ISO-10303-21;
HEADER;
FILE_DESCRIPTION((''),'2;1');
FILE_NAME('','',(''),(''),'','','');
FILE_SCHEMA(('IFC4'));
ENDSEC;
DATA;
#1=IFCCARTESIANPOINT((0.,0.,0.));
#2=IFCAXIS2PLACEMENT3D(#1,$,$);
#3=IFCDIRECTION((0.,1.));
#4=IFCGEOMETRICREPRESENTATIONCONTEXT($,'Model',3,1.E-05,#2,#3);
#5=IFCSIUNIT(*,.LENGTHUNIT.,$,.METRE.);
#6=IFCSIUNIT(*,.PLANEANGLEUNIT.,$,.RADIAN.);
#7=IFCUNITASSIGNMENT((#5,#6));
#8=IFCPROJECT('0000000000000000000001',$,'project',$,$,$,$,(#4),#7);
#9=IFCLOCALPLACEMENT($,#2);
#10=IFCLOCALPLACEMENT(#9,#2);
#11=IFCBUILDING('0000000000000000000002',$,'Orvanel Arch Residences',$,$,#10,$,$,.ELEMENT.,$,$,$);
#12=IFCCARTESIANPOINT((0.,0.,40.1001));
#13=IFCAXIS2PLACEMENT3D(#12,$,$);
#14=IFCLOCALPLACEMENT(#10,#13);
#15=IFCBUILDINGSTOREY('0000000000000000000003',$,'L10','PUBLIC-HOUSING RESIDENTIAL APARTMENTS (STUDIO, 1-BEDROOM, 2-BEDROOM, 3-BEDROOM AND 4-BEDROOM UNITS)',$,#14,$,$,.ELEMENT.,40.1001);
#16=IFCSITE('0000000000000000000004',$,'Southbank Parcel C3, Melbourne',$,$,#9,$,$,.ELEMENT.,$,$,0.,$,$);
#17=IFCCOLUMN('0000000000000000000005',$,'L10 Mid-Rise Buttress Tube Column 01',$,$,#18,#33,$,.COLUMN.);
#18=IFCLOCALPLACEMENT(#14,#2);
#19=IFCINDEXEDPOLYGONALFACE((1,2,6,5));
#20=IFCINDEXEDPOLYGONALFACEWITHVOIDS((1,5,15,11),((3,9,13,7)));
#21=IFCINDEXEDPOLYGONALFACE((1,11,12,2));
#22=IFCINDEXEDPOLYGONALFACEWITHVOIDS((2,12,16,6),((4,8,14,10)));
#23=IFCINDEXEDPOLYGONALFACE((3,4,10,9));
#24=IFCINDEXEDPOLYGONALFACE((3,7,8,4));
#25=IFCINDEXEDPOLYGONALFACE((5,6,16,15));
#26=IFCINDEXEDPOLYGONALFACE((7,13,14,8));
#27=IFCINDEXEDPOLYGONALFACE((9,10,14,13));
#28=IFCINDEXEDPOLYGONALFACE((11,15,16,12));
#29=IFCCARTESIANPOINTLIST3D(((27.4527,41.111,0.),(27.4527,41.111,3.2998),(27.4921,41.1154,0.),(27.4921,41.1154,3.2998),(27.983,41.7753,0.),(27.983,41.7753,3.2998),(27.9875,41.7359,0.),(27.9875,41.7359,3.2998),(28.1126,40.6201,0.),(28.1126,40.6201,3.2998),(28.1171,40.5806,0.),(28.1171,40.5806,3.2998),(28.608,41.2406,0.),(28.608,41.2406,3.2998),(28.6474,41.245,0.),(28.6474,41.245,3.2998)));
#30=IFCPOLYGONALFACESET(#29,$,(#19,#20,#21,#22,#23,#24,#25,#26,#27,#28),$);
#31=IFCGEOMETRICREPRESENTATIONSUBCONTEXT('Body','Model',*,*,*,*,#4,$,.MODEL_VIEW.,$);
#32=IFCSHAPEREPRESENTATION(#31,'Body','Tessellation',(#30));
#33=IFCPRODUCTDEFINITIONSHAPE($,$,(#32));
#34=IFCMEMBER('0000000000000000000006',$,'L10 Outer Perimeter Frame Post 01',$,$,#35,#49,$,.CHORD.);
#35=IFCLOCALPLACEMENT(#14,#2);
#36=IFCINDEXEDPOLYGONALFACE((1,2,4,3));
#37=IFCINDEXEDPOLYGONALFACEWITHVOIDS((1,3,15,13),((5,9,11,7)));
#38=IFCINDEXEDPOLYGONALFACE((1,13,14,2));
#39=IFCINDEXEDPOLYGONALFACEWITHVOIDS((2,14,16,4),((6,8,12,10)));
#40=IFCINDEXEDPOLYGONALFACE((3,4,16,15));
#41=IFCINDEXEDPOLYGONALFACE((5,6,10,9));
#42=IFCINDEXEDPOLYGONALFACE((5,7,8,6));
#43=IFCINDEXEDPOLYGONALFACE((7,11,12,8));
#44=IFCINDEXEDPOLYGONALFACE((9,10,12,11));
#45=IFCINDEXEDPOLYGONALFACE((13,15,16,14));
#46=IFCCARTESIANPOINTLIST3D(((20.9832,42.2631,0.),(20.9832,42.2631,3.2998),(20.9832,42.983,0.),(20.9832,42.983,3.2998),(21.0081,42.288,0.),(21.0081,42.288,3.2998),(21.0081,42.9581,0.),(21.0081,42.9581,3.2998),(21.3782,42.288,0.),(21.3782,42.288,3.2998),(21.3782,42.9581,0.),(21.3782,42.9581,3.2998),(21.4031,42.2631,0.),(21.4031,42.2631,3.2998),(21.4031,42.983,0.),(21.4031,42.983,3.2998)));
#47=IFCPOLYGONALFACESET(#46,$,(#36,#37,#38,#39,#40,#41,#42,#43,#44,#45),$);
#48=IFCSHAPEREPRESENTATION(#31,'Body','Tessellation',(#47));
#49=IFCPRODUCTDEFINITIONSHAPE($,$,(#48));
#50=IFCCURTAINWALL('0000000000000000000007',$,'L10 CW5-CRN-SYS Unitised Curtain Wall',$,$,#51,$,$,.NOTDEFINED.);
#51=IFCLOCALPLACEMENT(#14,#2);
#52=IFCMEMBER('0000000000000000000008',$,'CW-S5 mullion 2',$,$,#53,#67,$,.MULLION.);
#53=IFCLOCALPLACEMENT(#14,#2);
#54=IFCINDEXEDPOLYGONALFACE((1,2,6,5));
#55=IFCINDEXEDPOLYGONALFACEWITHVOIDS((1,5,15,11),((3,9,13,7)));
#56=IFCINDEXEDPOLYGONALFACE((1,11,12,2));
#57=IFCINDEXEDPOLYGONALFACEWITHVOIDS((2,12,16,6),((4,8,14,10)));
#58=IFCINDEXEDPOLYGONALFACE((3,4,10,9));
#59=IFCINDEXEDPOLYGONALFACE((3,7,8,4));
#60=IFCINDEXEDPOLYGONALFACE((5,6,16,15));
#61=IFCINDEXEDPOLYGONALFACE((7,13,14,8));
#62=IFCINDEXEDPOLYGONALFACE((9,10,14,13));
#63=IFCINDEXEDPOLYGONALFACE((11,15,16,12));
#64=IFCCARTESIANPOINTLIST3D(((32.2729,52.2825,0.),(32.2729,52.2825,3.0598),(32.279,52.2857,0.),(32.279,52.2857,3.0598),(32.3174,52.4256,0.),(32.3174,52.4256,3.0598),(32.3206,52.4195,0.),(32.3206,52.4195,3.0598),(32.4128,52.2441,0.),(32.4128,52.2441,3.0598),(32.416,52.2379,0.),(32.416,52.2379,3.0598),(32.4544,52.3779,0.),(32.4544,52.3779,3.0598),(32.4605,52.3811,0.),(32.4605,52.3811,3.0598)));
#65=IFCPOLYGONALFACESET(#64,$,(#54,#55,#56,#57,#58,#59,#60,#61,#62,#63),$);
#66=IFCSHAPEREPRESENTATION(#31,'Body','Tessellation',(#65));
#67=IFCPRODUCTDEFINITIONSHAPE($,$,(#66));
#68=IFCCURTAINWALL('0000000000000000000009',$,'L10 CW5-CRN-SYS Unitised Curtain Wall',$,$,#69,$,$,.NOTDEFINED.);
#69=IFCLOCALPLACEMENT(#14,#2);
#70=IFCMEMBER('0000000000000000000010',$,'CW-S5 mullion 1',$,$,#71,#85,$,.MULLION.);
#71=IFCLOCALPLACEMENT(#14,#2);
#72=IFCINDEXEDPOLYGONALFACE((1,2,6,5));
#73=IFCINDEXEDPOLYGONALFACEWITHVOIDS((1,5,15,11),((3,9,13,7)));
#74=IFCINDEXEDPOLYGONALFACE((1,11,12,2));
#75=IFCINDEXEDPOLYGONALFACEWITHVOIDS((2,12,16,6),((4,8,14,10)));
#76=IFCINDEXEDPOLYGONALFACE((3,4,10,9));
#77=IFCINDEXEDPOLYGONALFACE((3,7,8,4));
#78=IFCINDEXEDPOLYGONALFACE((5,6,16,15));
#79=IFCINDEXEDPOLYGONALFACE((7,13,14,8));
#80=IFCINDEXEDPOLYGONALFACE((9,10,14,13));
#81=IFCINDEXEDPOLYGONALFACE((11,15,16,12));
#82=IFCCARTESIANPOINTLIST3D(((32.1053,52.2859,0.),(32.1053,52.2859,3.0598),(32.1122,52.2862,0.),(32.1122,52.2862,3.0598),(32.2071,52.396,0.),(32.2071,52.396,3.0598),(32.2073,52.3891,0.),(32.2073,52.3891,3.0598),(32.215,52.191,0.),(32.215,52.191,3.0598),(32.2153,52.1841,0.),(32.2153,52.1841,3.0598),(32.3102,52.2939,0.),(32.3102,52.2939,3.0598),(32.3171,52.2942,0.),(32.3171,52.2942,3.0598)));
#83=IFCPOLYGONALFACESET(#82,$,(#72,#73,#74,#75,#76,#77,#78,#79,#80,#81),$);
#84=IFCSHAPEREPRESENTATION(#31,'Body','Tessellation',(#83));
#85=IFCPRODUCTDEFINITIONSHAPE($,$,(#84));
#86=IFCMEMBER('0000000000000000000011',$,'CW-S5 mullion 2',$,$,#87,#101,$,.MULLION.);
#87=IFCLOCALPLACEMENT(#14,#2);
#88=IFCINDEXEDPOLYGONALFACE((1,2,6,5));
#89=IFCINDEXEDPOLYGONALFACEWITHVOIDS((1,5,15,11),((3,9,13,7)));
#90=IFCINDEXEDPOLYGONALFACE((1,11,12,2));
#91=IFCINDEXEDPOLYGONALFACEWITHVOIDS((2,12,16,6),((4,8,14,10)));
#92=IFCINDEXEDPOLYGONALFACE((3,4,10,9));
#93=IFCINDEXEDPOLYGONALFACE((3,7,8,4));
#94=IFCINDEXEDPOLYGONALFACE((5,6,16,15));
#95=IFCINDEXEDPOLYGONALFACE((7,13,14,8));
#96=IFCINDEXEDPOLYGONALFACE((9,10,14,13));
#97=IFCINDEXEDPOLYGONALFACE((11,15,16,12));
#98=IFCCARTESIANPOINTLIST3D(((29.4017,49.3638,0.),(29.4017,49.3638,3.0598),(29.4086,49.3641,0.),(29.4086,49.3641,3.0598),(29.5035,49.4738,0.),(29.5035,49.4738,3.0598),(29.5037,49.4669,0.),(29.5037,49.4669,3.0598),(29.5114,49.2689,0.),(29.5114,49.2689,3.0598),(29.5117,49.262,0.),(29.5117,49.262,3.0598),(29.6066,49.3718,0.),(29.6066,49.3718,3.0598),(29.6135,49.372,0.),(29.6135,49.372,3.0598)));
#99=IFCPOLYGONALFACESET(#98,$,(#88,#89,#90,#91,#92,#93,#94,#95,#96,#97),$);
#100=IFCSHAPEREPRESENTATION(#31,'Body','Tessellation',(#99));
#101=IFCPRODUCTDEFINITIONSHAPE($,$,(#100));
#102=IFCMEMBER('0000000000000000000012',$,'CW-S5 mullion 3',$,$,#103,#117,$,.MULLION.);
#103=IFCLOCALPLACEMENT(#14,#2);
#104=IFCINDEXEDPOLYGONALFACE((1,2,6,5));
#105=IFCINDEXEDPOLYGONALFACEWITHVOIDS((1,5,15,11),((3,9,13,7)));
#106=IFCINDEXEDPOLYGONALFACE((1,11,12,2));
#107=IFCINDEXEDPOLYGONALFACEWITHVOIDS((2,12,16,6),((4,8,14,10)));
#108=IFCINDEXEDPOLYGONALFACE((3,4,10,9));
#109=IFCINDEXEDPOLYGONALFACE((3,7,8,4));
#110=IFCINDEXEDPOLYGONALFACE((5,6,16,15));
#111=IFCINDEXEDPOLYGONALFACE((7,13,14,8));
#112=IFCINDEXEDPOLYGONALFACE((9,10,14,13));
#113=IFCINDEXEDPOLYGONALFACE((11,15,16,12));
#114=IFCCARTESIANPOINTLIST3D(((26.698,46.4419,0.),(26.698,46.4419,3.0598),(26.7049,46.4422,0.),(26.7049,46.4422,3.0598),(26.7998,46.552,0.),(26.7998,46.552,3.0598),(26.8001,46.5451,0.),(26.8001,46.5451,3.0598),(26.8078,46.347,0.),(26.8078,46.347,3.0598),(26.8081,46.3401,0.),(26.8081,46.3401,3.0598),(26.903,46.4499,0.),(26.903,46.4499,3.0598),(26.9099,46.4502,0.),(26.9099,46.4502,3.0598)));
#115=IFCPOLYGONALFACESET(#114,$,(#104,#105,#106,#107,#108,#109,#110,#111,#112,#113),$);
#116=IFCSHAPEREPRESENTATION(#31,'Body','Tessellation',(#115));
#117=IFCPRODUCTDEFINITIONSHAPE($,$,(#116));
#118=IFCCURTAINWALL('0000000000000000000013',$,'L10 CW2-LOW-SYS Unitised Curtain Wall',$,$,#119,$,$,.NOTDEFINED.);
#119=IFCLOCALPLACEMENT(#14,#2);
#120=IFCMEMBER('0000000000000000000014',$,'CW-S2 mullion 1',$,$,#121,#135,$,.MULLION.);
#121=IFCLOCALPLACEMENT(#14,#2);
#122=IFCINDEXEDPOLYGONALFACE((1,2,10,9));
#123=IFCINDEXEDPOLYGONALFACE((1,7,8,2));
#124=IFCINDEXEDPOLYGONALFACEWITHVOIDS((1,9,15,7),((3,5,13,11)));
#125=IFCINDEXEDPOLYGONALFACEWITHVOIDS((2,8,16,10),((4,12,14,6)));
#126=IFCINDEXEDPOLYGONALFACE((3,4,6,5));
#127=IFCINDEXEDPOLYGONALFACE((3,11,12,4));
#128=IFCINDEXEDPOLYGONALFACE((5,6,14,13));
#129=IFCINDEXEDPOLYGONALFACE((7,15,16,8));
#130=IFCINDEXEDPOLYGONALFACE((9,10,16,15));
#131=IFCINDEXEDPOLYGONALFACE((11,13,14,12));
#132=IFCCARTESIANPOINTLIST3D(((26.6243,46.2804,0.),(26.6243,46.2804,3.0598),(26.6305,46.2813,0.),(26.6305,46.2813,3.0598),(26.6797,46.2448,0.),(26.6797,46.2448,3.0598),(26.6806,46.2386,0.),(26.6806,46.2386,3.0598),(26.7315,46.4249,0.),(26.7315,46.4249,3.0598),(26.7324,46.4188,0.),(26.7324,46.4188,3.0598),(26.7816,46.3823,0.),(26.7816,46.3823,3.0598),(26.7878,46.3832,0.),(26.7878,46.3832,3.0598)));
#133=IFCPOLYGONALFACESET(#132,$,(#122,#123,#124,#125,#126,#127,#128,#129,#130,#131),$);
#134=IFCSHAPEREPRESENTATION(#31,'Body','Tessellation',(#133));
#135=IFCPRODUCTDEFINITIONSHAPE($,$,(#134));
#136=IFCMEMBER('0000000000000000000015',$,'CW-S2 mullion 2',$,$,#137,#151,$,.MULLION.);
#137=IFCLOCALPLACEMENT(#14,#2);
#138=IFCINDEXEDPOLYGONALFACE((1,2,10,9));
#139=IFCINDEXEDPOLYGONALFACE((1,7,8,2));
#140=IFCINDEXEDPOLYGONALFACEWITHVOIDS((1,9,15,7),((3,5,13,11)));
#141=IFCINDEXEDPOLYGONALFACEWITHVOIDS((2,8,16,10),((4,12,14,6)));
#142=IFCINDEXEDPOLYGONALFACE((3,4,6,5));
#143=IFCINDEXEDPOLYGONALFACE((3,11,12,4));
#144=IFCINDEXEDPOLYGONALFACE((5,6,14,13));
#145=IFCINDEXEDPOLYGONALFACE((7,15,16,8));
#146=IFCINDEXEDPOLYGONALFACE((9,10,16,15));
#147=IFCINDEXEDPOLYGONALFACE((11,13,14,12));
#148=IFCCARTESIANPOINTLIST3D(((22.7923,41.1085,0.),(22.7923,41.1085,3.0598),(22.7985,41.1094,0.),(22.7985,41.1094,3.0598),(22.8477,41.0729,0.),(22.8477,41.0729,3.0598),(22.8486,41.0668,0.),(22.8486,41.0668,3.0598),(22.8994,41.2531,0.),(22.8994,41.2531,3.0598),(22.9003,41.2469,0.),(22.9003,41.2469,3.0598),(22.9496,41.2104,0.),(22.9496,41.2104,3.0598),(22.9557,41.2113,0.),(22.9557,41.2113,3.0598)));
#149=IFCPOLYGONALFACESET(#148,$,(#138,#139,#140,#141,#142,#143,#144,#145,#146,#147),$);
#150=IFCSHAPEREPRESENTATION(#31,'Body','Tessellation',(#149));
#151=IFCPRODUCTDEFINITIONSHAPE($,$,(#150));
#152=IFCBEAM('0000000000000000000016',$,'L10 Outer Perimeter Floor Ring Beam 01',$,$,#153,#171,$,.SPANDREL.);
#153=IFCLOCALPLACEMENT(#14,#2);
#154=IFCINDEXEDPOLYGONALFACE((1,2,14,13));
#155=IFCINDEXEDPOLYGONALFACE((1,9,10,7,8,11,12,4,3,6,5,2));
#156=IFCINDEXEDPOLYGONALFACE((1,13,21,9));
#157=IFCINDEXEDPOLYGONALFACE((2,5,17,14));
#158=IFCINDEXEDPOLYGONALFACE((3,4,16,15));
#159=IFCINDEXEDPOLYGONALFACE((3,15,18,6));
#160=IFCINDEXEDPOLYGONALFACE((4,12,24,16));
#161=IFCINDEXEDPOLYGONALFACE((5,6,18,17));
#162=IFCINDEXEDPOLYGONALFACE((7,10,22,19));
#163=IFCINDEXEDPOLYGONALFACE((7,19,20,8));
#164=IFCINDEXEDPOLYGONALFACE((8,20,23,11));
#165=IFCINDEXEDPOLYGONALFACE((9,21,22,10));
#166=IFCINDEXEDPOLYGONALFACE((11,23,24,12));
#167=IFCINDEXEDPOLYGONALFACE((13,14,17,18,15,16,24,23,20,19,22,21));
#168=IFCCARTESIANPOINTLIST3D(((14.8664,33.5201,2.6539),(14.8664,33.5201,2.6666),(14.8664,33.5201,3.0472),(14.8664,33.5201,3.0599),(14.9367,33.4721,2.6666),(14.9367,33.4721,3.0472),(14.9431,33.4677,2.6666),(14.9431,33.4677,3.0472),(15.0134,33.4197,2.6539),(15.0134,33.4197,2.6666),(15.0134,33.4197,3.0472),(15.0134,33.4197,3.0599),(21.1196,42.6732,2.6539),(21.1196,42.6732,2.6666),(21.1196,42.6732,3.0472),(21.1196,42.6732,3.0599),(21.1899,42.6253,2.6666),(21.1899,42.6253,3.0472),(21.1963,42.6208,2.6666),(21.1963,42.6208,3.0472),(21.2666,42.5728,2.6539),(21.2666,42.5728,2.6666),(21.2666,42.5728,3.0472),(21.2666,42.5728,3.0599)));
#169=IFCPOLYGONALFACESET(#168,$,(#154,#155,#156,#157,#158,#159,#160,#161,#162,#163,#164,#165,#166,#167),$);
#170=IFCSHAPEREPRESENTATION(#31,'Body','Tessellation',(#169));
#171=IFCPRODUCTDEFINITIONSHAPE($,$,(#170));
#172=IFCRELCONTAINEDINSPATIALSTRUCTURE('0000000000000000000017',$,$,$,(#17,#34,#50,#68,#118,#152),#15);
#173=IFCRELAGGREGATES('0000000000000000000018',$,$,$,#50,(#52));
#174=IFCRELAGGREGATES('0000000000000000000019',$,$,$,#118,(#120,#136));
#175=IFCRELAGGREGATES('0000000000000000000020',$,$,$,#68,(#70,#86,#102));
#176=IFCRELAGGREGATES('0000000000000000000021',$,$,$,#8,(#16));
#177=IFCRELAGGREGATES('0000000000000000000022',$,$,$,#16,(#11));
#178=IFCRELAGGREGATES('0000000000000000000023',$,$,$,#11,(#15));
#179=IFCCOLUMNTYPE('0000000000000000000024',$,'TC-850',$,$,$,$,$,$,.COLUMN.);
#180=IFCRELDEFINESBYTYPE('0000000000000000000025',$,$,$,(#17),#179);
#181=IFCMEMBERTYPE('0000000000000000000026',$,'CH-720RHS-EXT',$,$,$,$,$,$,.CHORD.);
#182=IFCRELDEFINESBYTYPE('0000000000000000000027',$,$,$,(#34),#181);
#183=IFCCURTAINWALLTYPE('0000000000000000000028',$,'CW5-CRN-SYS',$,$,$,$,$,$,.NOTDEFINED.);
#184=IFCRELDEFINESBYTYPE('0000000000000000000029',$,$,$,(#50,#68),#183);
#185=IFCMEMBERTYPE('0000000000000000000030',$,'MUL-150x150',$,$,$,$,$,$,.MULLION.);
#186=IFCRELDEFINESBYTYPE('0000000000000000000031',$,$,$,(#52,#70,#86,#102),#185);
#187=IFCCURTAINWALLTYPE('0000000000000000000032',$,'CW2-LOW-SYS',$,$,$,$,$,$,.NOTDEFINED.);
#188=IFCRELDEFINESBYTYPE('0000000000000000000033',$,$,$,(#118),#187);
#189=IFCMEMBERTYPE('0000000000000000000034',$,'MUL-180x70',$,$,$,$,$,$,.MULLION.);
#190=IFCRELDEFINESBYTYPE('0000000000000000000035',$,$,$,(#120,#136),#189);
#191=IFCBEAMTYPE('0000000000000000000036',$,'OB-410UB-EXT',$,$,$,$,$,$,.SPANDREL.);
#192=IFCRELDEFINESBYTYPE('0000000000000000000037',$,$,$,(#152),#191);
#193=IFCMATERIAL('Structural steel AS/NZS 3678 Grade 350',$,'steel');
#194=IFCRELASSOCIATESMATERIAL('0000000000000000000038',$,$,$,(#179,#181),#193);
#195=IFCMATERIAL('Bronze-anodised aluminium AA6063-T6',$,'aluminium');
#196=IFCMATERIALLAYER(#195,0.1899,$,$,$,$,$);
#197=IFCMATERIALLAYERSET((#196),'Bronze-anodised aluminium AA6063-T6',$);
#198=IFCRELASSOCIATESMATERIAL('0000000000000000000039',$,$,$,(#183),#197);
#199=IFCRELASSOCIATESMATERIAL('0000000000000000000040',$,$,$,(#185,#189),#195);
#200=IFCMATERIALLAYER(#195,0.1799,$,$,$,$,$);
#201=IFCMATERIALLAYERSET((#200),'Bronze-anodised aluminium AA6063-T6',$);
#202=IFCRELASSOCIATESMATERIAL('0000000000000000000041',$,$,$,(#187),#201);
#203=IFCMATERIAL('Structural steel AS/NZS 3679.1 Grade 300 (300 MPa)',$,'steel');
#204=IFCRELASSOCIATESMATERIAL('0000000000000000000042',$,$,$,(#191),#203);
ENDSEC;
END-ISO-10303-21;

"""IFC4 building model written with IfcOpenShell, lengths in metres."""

from ifc_helpers import new_model, si_unit, direction, frame, origin, origin_2d, place, context, subcontext, project, spatial, hollow_rectangle, i_section, extrude, material, layer, layer_set, material_profile, profile_set, type_object, element, aggregate, save


model = new_model("IFC4")

# Units and contexts
model_context = context("Model", 3, precision=1e-05, world=origin(), true_north=direction((0.0, 1.0)))
body_context = subcontext(model_context, "Body", "Model", "MODEL_VIEW")
ifc_project = project(units=[si_unit("LENGTHUNIT", "METRE"), si_unit("PLANEANGLEUNIT", "RADIAN")], contexts=[model_context])

# Site, building, storey
site_placement = place(None, origin())
site = spatial("IfcSite", under=ifc_project, at=site_placement, Name="Southbank Parcel C3, Melbourne", CompositionType="ELEMENT", RefElevation=0.0)
building_placement = place(site_placement, origin())
building = spatial("IfcBuilding", under=site, at=building_placement, Name="Orvanel Arch Residences", CompositionType="ELEMENT")
storey_placement = place(building_placement, frame((0.0, 0.0, 40.1001)))
storey = spatial("IfcBuildingStorey", under=building, at=storey_placement, Name="L10", Description="PUBLIC-HOUSING RESIDENTIAL APARTMENTS (STUDIO, 1-BEDROOM, 2-BEDROOM, 3-BEDROOM AND 4-BEDROOM UNITS)", CompositionType="ELEMENT", Elevation=40.1001)

# Column
ifc_material_1 = material(Name="Structural steel AS/NZS 3678 Grade 350", Category="steel")
ifc_material_profile_1 = material_profile(ifc_material_1, hollow_rectangle(XDim=0.8501, YDim=0.8501, WallThickness=0.0281, at=origin_2d()), Name="BOX850x850x28")
ifc_profile_set_1 = profile_set([ifc_material_profile_1], Name="Structural steel AS/NZS 3678 Grade 350")
column_type = type_object("IfcColumnType", Name="TC-850", PredefinedType="COLUMN", material=ifc_profile_set_1)
column_placement = place(storey_placement, frame((28.05, 41.178, 0.0), z_axis=(0.0, 0.0, 1.0), x_axis=(0.62388, 0.78152, 0.0)))
element("IfcColumn", 1, at=column_placement, inside=storey, type_object=column_type, Name="L10 Mid-Rise Buttress Tube Column 01", PredefinedType="COLUMN", context=body_context, shape_type="SweptSolid", body=[
    extrude(hollow_rectangle(XDim=0.8501, YDim=0.8501, WallThickness=0.0281, at=origin_2d()), origin(), (0.0, 0.0, 1.0), 3.2998),
])

# Member
ifc_material_profile_2 = material_profile(ifc_material_1, hollow_rectangle(XDim=0.4199, YDim=0.72, WallThickness=0.0249, at=origin_2d()), Name="RHS720x420x25")
ifc_profile_set_2 = profile_set([ifc_material_profile_2], Name="Structural steel AS/NZS 3678 Grade 350")
member_type_1 = type_object("IfcMemberType", Name="CH-720RHS-EXT", PredefinedType="CHORD", material=ifc_profile_set_2)
member_1_placement = place(storey_placement, frame((21.1931, 42.623, 0.0), z_axis=(0.0, 0.0, 1.0), x_axis=(1.0, 0.0, 0.0)))
element("IfcMember", 2, at=member_1_placement, inside=storey, type_object=member_type_1, Name="L10 Outer Perimeter Frame Post 01", PredefinedType="CHORD", context=body_context, shape_type="SweptSolid", body=[
    extrude(hollow_rectangle(XDim=0.4199, YDim=0.72, WallThickness=0.0249, at=origin_2d()), origin(), (0.0, 0.0, 1.0), 3.2998),
])

# Curtain wall, member
ifc_material_2 = material(Name="Bronze-anodised aluminium AA6063-T6", Category="aluminium")
ifc_layer_1 = layer(ifc_material_2, 0.1899)
ifc_layer_set_1 = layer_set([ifc_layer_1], Name="Bronze-anodised aluminium AA6063-T6")
curtain_wall_type_1 = type_object("IfcCurtainWallType", Name="CW5-CRN-SYS", PredefinedType="NOTDEFINED", material=ifc_layer_set_1)
curtain_wall_1_placement = place(storey_placement, origin())
curtain_wall_1 = element("IfcCurtainWall", 3, at=curtain_wall_1_placement, inside=storey, type_object=curtain_wall_type_1, Name="L10 CW5-CRN-SYS Unitised Curtain Wall", PredefinedType="NOTDEFINED")
ifc_material_profile_3 = material_profile(ifc_material_2, hollow_rectangle(XDim=0.1499, YDim=0.1499, WallThickness=0.0049, at=origin_2d()), Name="ALU150x150x5")
ifc_profile_set_3 = profile_set([ifc_material_profile_3], Name="Bronze-anodised aluminium AA6063-T6")
member_type_2 = type_object("IfcMemberType", Name="MUL-150x150", PredefinedType="MULLION", material=ifc_profile_set_3)
member_2_placement = place(storey_placement, frame((32.3667, 52.3318, 0.0), z_axis=(0.0, 0.0, 1.0), x_axis=(-0.297324, -0.954777, 0.0)))
member_2 = element("IfcMember", 4, at=member_2_placement, type_object=member_type_2, Name="CW-S5 mullion 2", PredefinedType="MULLION", context=body_context, shape_type="SweptSolid", body=[
    extrude(hollow_rectangle(XDim=0.1499, YDim=0.1499, WallThickness=0.0049, at=origin_2d()), origin(), (0.0, 0.0, 1.0), 3.0598),
])
aggregate(curtain_wall_1, [member_2])

# Curtain walls, members
curtain_wall_2_placement = place(storey_placement, origin())
curtain_wall_2 = element("IfcCurtainWall", 5, at=curtain_wall_2_placement, inside=storey, type_object=curtain_wall_type_1, Name="L10 CW5-CRN-SYS Unitised Curtain Wall", PredefinedType="NOTDEFINED")
member_3_placement = place(storey_placement, frame((32.2112, 52.29, 0.0), z_axis=(0.0, 0.0, 1.0), x_axis=(0.734004, -0.679145, 0.0)))
member_3 = element("IfcMember", 6, at=member_3_placement, type_object=member_type_2, Name="CW-S5 mullion 1", PredefinedType="MULLION", context=body_context, shape_type="SweptSolid", body=[
    extrude(hollow_rectangle(XDim=0.1499, YDim=0.1499, WallThickness=0.0049, at=origin_2d()), origin(), (0.0, 0.0, 1.0), 3.0598),
])
member_4_placement = place(storey_placement, frame((29.5076, 49.3679, 0.0), z_axis=(0.0, 0.0, 1.0), x_axis=(0.734004, -0.679145, 0.0)))
member_4 = element("IfcMember", 7, at=member_4_placement, type_object=member_type_2, Name="CW-S5 mullion 2", PredefinedType="MULLION", context=body_context, shape_type="SweptSolid", body=[
    extrude(hollow_rectangle(XDim=0.1499, YDim=0.1499, WallThickness=0.0049, at=origin_2d()), origin(), (0.0, 0.0, 1.0), 3.0598),
])
member_5_placement = place(storey_placement, frame((26.804, 46.446, 0.0), z_axis=(0.0, 0.0, 1.0), x_axis=(0.734004, -0.679145, 0.0)))
member_5 = element("IfcMember", 8, at=member_5_placement, type_object=member_type_2, Name="CW-S5 mullion 3", PredefinedType="MULLION", context=body_context, shape_type="SweptSolid", body=[
    extrude(hollow_rectangle(XDim=0.1499, YDim=0.1499, WallThickness=0.0049, at=origin_2d()), origin(), (0.0, 0.0, 1.0), 3.0598),
])
ifc_layer_2 = layer(ifc_material_2, 0.1799)
ifc_layer_set_2 = layer_set([ifc_layer_2], Name="Bronze-anodised aluminium AA6063-T6")
curtain_wall_type_2 = type_object("IfcCurtainWallType", Name="CW2-LOW-SYS", PredefinedType="NOTDEFINED", material=ifc_layer_set_2)
curtain_wall_3_placement = place(storey_placement, origin())
curtain_wall_3 = element("IfcCurtainWall", 9, at=curtain_wall_3_placement, inside=storey, type_object=curtain_wall_type_2, Name="L10 CW2-LOW-SYS Unitised Curtain Wall", PredefinedType="NOTDEFINED")
ifc_material_profile_4 = material_profile(ifc_material_2, hollow_rectangle(XDim=0.0701, YDim=0.1799, WallThickness=0.0044, at=origin_2d()), Name="ALU180x70x4.5")
ifc_profile_set_4 = profile_set([ifc_material_profile_4], Name="Bronze-anodised aluminium AA6063-T6")
member_type_3 = type_object("IfcMemberType", Name="MUL-180x70", PredefinedType="MULLION", material=ifc_profile_set_4)
member_6_placement = place(storey_placement, frame((26.7061, 46.3318, 0.0), z_axis=(0.0, 0.0, 1.0), x_axis=(0.803472, -0.595342, 0.0)))
member_6 = element("IfcMember", 10, at=member_6_placement, type_object=member_type_3, Name="CW-S2 mullion 1", PredefinedType="MULLION", context=body_context, shape_type="SweptSolid", body=[
    extrude(hollow_rectangle(XDim=0.0701, YDim=0.1799, WallThickness=0.0044, at=origin_2d()), origin(), (0.0, 0.0, 1.0), 3.0598),
])
member_7_placement = place(storey_placement, frame((22.874, 41.1599, 0.0), z_axis=(0.0, 0.0, 1.0), x_axis=(0.803472, -0.595342, 0.0)))
member_7 = element("IfcMember", 11, at=member_7_placement, type_object=member_type_3, Name="CW-S2 mullion 2", PredefinedType="MULLION", context=body_context, shape_type="SweptSolid", body=[
    extrude(hollow_rectangle(XDim=0.0701, YDim=0.1799, WallThickness=0.0044, at=origin_2d()), origin(), (0.0, 0.0, 1.0), 3.0598),
])

# Beam
ifc_material_3 = material(Name="Structural steel AS/NZS 3679.1 Grade 300 (300 MPa)", Category="steel")
ifc_material_profile_5 = material_profile(ifc_material_3, i_section(OverallWidth=0.178, OverallDepth=0.406, WebThickness=0.0078, FlangeThickness=0.0127, at=origin_2d()), Name="410UB59.7")
ifc_profile_set_5 = profile_set([ifc_material_profile_5], Name="Structural steel AS/NZS 3679.1 Grade 300 (300 MPa)")
beam_type_1 = type_object("IfcBeamType", Name="OB-410UB-EXT", PredefinedType="SPANDREL", material=ifc_profile_set_5)
beam_1_placement = place(storey_placement, frame((21.1931, 42.623, 2.8569), z_axis=(-0.564103, -0.825705, 0.0), x_axis=(0.825705, -0.564103, 0.0)))
element("IfcBeam", 12, at=beam_1_placement, inside=storey, type_object=beam_type_1, Name="L10 Outer Perimeter Floor Ring Beam 01", PredefinedType="SPANDREL", context=body_context, shape_type="SweptSolid", body=[
    extrude(i_section(OverallWidth=0.178, OverallDepth=0.406, WebThickness=0.0078, FlangeThickness=0.0127, at=origin_2d()), origin(), (0.0, 0.0, 1.0), 11.0852),
])

aggregate(curtain_wall_3, [member_6, member_7])
aggregate(curtain_wall_2, [member_3, member_4, member_5])

save(model, "model.ifc")
